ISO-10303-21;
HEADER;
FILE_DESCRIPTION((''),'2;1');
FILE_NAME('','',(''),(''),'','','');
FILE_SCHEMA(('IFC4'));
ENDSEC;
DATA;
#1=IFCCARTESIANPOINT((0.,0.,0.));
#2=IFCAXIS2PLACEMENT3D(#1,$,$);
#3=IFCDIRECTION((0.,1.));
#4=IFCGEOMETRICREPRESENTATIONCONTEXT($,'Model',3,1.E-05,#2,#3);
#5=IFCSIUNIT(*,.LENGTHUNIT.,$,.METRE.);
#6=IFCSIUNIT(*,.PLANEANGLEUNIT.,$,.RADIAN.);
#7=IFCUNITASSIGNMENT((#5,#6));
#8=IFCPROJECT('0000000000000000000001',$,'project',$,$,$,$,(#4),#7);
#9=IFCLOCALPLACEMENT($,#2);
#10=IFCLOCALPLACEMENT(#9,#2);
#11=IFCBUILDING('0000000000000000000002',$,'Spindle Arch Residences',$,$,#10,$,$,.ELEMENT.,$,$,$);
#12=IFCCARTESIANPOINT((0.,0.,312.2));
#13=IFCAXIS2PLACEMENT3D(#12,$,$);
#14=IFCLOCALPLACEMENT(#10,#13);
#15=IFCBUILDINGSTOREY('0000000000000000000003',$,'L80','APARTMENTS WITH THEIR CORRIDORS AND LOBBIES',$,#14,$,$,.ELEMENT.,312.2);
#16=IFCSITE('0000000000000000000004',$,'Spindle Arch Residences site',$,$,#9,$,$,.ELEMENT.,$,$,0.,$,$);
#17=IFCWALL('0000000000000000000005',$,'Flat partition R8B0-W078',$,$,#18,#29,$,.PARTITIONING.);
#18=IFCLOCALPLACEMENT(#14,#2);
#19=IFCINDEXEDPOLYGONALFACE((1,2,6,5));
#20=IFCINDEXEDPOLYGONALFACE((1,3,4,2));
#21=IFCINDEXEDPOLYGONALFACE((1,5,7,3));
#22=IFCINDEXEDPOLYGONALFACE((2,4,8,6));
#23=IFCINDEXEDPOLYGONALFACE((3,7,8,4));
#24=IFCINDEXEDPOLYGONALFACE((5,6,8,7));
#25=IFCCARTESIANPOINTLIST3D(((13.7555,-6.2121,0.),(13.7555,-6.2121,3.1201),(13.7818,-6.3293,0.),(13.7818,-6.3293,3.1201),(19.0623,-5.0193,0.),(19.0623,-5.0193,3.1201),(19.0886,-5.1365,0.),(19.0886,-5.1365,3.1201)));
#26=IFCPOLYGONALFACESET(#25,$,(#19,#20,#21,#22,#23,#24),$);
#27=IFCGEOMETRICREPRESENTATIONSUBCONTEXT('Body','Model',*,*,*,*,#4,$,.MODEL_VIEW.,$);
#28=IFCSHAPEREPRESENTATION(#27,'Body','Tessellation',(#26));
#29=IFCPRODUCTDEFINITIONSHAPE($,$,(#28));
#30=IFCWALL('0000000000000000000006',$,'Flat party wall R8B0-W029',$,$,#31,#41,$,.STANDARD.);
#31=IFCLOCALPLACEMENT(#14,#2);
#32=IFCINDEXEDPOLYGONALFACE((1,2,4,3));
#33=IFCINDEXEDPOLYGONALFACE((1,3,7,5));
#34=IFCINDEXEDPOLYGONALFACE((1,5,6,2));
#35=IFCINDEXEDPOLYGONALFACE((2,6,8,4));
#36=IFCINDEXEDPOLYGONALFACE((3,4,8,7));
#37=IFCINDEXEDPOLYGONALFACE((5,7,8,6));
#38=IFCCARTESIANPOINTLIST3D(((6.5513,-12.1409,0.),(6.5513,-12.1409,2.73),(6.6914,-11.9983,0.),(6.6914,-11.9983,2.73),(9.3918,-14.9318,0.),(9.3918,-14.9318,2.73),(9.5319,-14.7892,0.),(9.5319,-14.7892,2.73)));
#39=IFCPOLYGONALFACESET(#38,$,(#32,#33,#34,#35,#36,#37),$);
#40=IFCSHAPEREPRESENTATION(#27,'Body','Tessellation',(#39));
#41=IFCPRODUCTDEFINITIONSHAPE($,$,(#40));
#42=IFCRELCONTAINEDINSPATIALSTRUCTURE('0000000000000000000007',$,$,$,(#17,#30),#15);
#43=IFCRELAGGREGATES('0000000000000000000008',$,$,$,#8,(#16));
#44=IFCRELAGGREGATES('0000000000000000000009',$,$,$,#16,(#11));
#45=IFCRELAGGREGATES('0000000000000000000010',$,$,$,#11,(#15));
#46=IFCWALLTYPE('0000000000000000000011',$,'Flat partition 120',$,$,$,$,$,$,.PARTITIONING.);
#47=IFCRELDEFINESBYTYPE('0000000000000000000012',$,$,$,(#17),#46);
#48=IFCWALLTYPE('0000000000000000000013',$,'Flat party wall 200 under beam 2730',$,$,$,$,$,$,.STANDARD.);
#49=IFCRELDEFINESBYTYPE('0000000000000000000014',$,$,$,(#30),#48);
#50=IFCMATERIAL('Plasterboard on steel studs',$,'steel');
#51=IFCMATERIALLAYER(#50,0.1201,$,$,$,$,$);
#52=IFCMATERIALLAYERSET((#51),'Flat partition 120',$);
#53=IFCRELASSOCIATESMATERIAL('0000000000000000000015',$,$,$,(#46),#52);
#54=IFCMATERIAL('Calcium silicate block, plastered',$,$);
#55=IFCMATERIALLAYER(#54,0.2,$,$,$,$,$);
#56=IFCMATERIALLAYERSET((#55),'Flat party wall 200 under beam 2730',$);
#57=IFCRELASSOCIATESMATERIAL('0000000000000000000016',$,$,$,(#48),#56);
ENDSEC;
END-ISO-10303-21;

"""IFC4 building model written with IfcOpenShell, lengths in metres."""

from ifc_helpers import new_model, si_unit, direction, frame, frame_2d, origin, place, context, subcontext, project, spatial, rectangle, extrude, material, layer, layer_set, type_object, element, save


model = new_model("IFC4")

# Units and contexts
model_context = context("Model", 3, precision=1e-05, world=origin(), true_north=direction((0.0, 1.0)))
body_context = subcontext(model_context, "Body", "Model", "MODEL_VIEW")
ifc_project = project(units=[si_unit("LENGTHUNIT", "METRE"), si_unit("PLANEANGLEUNIT", "RADIAN")], contexts=[model_context])

# Site, building, storey
site_placement = place(None, origin())
site = spatial("IfcSite", under=ifc_project, at=site_placement, Name="Spindle Arch Residences site", CompositionType="ELEMENT", RefElevation=0.0)
building_placement = place(site_placement, origin())
building = spatial("IfcBuilding", under=site, at=building_placement, Name="Spindle Arch Residences", CompositionType="ELEMENT")
storey_placement = place(building_placement, frame((0.0, 0.0, 312.2)))
storey = spatial("IfcBuildingStorey", under=building, at=storey_placement, Name="L80", Description="APARTMENTS WITH THEIR CORRIDORS AND LOBBIES", CompositionType="ELEMENT", Elevation=312.2)

# Shared definitions
ifc_material_1 = material(Name="Plasterboard on steel studs", Category="steel")
ifc_layer_1 = layer(ifc_material_1, 0.1201)
ifc_layer_set_1 = layer_set([ifc_layer_1], Name="Flat partition 120")
wall_type_1 = type_object("IfcWallType", Name="Flat partition 120", PredefinedType="PARTITIONING", material=ifc_layer_set_1)

# Walls
wall_1_placement = place(storey_placement, frame((13.7686, -6.2708, 0.0), z_axis=(0.0, 0.0, 1.0), x_axis=(0.975656, 0.219306, 0.0)))
element("IfcWall", 1, at=wall_1_placement, inside=storey, type_object=wall_type_1, Name="Flat partition R8B0-W078", PredefinedType="PARTITIONING", context=body_context, shape_type="SweptSolid", body=[
    extrude(rectangle(XDim=5.4392, YDim=0.1201, at=frame_2d((2.7197, 0.0))), origin(), (0.0, 0.0, 1.0), 3.1201),
])
ifc_material_2 = material(Name="Calcium silicate block, plastered")
ifc_layer_2 = layer(ifc_material_2, 0.2)
ifc_layer_set_2 = layer_set([ifc_layer_2], Name="Flat party wall 200 under beam 2730")
wall_type_2 = type_object("IfcWallType", Name="Flat party wall 200 under beam 2730", PredefinedType="STANDARD", material=ifc_layer_set_2)
wall_2_placement = place(storey_placement, frame((9.4619, -14.8606, 0.0), z_axis=(0.0, 0.0, 1.0), x_axis=(-0.713302, 0.700857, 0.0)))
element("IfcWall", 2, at=wall_2_placement, inside=storey, type_object=wall_type_2, Name="Flat party wall R8B0-W029", PredefinedType="STANDARD", context=body_context, shape_type="SweptSolid", body=[
    extrude(rectangle(XDim=3.9822, YDim=0.2, at=frame_2d((1.9912, 0.0))), origin(), (0.0, 0.0, 1.0), 2.73),
])

save(model, "model.ifc")
